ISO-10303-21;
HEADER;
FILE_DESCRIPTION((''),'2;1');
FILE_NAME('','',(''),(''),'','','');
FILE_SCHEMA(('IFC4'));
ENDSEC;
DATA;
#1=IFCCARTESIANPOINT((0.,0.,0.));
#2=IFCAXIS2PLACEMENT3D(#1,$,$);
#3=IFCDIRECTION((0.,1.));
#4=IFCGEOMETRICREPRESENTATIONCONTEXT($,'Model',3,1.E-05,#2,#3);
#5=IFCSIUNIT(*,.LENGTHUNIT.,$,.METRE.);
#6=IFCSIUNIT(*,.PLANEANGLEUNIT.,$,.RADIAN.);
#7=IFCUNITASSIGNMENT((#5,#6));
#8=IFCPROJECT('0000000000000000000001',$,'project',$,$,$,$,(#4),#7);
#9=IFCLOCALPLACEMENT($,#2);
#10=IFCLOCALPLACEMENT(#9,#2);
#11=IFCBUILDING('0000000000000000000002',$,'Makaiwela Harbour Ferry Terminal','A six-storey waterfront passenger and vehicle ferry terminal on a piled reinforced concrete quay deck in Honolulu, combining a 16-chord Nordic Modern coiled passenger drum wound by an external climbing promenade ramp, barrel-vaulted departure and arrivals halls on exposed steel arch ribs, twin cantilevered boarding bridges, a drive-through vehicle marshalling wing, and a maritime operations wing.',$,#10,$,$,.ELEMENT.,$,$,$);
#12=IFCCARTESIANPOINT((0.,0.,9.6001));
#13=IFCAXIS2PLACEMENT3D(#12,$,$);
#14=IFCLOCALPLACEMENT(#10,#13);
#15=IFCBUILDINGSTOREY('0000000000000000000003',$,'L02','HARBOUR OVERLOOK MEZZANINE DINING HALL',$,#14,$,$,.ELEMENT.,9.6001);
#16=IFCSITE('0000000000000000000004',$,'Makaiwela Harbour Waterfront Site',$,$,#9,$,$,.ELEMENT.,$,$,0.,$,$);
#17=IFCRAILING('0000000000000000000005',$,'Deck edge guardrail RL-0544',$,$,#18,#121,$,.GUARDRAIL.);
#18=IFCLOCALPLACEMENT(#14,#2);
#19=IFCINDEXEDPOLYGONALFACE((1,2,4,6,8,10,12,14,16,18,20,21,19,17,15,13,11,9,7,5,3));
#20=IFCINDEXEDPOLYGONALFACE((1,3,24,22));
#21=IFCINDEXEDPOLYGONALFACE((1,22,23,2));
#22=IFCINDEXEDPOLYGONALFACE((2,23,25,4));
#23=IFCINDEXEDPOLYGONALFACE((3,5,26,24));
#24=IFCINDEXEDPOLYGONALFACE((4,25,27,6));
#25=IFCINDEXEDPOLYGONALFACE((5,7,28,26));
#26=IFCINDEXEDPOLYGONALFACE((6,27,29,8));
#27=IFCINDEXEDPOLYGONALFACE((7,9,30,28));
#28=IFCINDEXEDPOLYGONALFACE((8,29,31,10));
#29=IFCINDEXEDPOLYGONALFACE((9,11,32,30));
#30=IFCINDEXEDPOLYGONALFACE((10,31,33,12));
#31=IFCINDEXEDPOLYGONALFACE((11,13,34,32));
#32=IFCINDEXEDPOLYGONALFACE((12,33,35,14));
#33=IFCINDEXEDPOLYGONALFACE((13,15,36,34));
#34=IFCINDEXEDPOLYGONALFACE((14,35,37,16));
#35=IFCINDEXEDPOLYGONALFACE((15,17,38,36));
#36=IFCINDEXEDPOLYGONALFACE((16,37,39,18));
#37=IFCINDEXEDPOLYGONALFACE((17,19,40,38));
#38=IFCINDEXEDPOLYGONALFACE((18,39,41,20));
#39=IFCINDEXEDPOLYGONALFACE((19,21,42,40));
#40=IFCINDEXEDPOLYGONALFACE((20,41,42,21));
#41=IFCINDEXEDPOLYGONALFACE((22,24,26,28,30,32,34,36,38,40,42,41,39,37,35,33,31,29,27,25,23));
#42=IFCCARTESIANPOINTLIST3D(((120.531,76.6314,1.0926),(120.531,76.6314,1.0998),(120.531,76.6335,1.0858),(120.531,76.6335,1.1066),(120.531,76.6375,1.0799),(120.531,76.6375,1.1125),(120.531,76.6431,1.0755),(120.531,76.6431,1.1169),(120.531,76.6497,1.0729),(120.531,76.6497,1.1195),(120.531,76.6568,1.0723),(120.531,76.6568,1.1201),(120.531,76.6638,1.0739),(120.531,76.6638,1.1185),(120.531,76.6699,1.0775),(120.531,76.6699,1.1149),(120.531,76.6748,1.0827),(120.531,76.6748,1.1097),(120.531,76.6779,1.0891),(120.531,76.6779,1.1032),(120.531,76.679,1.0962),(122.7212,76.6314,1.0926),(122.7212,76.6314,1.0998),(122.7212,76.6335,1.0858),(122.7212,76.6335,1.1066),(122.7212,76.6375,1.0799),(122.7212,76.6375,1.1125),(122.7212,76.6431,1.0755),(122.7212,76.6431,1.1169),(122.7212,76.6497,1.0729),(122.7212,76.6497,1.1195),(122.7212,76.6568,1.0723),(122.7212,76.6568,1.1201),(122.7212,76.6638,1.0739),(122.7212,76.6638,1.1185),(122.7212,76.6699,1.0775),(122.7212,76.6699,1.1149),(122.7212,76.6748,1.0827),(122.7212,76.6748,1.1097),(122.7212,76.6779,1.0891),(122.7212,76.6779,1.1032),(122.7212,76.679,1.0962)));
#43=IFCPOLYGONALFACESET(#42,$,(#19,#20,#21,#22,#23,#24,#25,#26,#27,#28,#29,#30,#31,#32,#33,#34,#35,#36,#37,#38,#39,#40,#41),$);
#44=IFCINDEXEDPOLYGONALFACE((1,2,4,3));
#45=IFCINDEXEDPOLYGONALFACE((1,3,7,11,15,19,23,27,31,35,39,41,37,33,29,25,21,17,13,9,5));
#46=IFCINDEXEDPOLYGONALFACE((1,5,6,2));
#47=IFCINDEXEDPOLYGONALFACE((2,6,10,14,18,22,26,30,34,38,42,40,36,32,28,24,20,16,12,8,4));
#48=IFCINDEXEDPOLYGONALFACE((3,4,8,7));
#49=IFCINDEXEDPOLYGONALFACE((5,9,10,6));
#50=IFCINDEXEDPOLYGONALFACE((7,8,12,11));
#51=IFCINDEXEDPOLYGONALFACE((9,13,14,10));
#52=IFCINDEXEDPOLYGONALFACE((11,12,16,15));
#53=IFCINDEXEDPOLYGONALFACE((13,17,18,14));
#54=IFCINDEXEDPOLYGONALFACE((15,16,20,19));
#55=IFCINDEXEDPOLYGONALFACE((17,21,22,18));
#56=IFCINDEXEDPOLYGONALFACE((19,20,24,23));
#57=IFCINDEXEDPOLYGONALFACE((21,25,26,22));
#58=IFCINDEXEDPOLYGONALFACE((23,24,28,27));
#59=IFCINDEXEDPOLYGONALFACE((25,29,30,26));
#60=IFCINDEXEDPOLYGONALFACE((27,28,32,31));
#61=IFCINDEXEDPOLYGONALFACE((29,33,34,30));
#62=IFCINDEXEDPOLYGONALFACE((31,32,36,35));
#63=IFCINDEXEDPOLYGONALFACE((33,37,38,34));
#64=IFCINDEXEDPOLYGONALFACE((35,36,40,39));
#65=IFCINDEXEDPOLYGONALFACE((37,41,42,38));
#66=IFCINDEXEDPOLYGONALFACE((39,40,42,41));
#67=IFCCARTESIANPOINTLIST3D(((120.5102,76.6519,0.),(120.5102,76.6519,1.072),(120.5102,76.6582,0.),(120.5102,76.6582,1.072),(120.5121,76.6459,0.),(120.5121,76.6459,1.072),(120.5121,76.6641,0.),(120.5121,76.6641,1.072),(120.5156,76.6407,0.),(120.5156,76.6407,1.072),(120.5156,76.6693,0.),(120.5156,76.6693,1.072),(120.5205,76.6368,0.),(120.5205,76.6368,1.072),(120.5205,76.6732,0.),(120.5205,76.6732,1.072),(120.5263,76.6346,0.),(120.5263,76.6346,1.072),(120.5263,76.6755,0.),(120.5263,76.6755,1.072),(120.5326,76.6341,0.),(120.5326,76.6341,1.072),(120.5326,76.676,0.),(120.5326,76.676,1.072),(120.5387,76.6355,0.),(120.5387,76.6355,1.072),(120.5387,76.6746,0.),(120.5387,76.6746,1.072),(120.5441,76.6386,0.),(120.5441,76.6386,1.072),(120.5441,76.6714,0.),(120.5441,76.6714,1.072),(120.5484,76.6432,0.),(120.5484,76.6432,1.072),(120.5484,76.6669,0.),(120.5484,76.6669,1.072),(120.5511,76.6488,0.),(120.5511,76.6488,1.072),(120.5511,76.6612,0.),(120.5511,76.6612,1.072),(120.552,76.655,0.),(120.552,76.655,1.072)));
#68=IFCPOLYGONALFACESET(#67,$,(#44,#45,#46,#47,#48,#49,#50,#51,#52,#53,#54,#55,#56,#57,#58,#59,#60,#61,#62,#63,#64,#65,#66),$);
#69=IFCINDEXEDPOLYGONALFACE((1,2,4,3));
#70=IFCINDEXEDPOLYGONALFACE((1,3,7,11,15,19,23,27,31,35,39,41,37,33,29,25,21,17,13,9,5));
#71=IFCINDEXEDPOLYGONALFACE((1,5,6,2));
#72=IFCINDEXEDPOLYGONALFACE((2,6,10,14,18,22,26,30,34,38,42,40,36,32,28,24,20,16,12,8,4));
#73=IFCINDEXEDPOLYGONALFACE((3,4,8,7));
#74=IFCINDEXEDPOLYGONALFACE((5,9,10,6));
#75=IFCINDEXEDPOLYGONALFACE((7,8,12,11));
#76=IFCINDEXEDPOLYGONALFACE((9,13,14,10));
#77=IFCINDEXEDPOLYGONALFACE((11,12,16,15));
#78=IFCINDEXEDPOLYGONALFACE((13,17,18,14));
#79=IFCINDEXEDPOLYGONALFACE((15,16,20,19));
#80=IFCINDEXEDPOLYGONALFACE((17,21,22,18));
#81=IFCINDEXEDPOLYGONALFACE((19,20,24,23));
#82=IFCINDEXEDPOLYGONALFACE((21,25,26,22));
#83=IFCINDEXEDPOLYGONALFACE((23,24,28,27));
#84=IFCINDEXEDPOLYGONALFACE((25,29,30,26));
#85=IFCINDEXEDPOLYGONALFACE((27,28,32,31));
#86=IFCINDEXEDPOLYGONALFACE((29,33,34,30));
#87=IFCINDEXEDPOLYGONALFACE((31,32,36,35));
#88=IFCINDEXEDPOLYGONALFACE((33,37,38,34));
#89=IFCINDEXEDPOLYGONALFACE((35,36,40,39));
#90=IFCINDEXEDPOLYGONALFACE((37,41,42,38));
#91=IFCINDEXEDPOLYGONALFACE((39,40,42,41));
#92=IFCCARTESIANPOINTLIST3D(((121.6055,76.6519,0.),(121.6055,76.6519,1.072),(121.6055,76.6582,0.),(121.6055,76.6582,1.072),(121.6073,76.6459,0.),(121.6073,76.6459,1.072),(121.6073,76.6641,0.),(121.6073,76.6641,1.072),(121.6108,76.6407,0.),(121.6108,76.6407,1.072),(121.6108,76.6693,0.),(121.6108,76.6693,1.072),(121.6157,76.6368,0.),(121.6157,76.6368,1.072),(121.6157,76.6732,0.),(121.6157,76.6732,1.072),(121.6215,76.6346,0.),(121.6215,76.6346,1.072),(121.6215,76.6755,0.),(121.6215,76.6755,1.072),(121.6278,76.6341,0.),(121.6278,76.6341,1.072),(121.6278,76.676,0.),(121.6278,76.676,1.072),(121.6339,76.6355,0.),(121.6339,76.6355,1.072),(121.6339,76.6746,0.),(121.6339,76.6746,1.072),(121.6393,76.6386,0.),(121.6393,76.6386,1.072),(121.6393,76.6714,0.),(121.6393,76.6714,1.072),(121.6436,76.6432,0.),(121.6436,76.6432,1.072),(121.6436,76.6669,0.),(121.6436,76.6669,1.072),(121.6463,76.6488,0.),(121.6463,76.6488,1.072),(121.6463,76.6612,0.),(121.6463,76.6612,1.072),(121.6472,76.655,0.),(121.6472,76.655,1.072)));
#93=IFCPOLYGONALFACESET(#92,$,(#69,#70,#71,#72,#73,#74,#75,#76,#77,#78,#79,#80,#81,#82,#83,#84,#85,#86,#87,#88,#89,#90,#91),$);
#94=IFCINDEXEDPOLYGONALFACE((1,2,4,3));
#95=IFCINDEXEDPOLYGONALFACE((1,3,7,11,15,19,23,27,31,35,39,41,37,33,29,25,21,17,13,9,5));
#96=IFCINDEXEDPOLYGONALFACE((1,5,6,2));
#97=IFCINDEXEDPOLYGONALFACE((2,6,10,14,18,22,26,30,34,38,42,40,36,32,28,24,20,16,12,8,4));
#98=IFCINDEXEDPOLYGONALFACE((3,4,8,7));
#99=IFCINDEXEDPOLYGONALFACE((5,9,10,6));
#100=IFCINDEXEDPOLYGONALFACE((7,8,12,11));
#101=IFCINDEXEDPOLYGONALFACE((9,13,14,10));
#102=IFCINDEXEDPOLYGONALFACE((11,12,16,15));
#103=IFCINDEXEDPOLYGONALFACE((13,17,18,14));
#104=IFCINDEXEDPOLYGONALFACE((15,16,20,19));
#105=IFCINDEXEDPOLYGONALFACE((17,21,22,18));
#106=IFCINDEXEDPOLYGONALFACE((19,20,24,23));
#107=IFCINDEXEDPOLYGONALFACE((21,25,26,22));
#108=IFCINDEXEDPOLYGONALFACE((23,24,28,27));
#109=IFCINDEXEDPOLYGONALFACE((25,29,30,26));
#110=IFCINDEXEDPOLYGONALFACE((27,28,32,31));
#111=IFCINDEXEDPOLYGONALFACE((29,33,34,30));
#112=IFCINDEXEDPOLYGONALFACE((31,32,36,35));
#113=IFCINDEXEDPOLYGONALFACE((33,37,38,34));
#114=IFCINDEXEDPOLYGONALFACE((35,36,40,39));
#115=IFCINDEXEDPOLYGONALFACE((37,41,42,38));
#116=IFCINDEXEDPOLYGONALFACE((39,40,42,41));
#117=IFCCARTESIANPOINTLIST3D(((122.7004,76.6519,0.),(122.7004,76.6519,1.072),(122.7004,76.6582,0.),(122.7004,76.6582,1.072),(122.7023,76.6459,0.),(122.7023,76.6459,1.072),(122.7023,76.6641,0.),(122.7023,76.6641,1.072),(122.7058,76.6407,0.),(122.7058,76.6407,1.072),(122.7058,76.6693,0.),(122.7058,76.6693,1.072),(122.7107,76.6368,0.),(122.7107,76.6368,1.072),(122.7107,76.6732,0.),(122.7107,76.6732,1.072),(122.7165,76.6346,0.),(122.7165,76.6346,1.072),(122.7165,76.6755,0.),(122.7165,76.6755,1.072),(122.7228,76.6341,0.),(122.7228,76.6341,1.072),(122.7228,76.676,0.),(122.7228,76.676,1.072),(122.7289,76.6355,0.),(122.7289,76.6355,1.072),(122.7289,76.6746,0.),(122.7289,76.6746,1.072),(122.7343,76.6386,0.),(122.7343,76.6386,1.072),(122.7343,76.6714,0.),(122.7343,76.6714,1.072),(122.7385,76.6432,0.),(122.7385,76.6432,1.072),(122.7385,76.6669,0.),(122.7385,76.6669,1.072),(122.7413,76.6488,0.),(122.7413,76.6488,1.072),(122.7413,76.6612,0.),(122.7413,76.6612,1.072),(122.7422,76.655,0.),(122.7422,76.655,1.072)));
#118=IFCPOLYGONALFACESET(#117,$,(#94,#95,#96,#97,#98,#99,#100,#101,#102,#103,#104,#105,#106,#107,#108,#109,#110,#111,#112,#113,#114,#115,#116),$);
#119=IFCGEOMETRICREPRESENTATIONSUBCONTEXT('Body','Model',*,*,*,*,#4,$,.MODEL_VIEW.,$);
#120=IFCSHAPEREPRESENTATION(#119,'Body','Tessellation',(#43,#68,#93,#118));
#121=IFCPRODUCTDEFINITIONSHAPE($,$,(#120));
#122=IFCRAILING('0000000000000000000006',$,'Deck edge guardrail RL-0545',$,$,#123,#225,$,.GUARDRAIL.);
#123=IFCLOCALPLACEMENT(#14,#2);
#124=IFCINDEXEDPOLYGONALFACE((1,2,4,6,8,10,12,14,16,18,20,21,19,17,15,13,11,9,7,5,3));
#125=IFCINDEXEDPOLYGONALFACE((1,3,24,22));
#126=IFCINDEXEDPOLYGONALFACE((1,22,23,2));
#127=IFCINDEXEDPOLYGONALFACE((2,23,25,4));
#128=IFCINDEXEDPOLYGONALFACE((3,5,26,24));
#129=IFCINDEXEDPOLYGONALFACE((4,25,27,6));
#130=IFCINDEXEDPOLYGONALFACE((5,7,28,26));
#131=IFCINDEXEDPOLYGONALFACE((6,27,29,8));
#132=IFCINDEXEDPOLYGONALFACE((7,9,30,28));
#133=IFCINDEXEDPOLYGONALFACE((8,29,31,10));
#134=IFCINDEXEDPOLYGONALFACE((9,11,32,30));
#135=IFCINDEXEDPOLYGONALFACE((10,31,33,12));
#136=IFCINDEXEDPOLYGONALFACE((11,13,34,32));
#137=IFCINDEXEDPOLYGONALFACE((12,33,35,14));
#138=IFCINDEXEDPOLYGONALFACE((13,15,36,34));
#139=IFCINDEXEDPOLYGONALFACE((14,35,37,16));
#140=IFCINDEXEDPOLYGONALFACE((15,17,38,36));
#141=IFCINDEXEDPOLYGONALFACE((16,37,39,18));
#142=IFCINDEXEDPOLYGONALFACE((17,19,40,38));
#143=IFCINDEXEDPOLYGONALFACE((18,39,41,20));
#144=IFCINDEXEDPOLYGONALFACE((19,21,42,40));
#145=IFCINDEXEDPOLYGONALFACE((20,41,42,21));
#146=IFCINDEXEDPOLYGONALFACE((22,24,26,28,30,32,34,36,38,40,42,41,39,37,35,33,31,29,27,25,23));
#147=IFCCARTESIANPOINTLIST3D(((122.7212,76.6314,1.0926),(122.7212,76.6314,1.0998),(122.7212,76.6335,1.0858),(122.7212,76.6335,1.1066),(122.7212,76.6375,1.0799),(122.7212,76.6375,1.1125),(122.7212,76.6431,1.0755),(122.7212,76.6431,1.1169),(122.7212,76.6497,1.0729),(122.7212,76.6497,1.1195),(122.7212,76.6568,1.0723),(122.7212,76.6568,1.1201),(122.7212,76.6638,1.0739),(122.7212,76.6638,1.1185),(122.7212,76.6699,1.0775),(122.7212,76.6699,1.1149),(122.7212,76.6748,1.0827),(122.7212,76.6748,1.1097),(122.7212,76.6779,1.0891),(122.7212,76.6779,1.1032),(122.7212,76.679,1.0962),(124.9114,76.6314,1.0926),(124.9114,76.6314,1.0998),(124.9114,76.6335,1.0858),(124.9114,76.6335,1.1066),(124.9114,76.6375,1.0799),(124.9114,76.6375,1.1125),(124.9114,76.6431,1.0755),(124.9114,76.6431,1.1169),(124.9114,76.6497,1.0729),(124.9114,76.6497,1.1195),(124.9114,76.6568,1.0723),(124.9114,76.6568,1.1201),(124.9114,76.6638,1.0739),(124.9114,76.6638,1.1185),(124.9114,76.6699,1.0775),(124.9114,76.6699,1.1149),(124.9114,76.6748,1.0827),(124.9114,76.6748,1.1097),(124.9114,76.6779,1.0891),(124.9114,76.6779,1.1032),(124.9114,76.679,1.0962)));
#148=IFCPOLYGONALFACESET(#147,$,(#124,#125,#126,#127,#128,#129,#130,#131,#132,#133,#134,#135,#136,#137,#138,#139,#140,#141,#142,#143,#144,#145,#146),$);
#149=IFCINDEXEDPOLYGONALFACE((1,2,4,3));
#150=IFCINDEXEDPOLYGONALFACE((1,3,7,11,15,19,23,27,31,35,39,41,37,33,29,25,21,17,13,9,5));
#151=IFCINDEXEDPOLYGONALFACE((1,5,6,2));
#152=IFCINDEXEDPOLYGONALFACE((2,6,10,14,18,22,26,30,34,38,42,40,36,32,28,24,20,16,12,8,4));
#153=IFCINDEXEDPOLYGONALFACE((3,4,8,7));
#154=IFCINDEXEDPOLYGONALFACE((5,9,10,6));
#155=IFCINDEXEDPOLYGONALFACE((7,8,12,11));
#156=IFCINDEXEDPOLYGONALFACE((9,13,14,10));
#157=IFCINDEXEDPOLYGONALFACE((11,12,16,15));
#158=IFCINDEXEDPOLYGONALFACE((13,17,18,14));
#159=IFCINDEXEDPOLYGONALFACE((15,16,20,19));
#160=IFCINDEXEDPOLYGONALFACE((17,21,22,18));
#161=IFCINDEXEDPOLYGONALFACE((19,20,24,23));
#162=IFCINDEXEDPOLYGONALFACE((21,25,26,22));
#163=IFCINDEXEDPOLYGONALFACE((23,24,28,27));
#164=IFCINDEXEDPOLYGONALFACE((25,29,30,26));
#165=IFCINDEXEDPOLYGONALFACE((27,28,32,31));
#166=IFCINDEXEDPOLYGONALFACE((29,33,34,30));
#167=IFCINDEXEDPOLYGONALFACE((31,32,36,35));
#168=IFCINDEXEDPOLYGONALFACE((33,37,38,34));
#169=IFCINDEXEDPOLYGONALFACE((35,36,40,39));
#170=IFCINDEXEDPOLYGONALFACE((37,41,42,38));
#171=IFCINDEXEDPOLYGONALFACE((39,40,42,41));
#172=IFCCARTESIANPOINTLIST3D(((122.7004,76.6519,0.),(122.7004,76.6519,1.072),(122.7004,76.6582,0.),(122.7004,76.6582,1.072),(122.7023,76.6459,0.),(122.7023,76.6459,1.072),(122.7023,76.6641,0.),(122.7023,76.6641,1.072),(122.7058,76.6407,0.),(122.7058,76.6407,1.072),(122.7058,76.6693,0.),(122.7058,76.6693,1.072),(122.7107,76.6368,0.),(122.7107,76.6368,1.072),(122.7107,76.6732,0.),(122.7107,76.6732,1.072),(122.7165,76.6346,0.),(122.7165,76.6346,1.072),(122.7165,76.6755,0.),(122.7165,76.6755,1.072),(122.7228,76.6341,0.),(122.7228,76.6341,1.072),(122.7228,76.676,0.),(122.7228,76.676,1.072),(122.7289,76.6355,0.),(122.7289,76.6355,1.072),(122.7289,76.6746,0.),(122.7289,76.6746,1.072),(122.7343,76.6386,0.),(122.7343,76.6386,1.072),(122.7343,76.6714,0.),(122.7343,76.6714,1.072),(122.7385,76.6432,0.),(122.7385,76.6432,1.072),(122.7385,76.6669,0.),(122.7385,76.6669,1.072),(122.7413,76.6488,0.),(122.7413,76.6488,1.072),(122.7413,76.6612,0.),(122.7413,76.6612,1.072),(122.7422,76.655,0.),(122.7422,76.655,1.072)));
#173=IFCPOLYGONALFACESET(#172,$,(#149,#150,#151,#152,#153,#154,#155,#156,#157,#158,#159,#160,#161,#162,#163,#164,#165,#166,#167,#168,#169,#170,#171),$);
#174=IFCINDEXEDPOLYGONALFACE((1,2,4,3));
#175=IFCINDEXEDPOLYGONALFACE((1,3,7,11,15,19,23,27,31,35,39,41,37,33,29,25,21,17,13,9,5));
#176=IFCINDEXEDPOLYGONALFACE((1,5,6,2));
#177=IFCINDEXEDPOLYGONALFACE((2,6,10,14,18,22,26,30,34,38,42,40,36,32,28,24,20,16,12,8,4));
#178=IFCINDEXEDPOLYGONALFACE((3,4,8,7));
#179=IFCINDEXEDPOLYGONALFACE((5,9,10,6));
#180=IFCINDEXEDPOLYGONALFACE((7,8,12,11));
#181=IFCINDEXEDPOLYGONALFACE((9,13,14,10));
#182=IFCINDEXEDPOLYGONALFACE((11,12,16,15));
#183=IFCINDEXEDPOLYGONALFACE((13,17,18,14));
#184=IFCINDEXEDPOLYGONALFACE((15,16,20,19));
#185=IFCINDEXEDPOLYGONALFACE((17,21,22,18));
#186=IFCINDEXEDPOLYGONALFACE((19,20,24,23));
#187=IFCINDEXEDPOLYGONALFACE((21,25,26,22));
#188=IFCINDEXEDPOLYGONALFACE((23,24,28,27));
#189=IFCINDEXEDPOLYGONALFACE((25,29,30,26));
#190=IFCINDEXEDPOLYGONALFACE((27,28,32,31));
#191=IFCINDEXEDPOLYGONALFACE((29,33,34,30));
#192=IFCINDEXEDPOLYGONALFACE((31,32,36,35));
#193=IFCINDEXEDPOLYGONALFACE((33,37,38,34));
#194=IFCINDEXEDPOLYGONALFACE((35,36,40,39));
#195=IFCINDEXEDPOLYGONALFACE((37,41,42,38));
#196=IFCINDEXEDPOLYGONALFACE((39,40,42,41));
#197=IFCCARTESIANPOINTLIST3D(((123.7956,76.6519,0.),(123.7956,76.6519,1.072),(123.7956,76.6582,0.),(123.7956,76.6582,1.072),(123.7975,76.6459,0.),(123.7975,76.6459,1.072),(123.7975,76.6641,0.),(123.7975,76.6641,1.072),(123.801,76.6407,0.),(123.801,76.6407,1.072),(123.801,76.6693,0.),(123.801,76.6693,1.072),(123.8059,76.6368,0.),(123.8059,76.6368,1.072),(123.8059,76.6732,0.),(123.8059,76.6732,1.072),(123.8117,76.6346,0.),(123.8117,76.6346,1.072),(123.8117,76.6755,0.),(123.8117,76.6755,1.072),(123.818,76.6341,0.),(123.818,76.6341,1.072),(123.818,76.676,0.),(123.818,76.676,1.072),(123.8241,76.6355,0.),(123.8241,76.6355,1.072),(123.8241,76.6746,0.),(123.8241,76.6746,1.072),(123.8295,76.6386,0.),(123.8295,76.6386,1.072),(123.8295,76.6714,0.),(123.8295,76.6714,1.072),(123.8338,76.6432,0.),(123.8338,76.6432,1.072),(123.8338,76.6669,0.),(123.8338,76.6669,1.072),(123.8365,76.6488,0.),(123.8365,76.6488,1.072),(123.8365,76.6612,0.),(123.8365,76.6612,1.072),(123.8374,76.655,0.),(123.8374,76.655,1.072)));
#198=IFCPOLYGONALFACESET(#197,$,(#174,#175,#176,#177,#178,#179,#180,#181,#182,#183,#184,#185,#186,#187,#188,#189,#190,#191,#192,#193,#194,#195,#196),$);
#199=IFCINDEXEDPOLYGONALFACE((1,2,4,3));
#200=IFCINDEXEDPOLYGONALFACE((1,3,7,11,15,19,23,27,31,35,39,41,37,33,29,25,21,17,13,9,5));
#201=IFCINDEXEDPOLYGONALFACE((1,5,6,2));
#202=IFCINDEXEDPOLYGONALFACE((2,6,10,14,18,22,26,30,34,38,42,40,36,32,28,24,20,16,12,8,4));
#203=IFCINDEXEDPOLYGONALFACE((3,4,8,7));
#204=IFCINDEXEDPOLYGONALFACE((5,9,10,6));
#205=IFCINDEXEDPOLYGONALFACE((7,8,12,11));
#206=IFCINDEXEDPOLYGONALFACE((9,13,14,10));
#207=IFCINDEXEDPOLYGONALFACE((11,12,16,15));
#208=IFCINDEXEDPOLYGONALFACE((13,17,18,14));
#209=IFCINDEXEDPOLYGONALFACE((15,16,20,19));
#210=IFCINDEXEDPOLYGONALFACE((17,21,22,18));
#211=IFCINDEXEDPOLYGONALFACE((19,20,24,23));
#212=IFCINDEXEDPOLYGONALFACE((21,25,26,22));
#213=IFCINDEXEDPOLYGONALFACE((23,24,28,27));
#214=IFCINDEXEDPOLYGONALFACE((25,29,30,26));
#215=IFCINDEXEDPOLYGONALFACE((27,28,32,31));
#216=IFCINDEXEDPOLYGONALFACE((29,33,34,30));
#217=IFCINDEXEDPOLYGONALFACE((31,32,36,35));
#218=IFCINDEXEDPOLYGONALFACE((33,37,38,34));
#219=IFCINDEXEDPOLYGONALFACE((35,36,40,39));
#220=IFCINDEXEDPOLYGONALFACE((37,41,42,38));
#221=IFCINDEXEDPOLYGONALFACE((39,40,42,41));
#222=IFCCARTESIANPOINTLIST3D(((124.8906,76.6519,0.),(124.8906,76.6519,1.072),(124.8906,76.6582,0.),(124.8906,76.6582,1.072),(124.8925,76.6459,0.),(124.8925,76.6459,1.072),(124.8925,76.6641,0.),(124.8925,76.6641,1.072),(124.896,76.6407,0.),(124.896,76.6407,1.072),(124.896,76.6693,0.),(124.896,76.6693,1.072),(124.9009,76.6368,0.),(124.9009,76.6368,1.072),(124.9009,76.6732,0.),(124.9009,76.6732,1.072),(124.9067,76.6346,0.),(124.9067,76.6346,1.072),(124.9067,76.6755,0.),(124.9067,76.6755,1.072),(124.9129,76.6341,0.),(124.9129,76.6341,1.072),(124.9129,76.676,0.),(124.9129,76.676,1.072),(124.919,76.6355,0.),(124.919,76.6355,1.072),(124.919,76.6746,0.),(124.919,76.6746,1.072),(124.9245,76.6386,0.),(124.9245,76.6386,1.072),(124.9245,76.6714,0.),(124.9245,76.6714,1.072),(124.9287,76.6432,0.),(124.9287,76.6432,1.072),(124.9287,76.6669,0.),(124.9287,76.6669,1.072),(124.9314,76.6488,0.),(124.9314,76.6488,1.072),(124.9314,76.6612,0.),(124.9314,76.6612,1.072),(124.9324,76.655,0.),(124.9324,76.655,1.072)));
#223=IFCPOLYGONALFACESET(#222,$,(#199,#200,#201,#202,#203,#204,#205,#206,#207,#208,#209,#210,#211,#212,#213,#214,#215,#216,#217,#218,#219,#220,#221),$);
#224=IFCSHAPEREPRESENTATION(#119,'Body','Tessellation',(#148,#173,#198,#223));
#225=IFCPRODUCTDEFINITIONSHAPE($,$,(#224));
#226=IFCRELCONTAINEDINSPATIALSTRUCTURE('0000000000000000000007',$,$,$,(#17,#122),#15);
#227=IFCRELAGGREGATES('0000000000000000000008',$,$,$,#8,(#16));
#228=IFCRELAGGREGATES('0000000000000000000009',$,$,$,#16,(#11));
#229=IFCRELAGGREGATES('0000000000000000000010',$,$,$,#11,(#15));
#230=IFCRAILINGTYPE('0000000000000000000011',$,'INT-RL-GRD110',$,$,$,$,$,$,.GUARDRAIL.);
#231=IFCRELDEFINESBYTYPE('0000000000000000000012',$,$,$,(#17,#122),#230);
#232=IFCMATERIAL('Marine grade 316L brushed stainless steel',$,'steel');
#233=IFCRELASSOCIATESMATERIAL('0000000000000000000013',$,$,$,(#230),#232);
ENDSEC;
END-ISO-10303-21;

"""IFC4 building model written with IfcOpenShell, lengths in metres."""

from ifc_helpers import new_model, si_unit, direction, frame, origin, origin_2d, place, context, subcontext, project, spatial, circle, extrude, material, type_object, element, save


model = new_model("IFC4")

# Units and contexts
model_context = context("Model", 3, precision=1e-05, world=origin(), true_north=direction((0.0, 1.0)))
body_context = subcontext(model_context, "Body", "Model", "MODEL_VIEW")
ifc_project = project(units=[si_unit("LENGTHUNIT", "METRE"), si_unit("PLANEANGLEUNIT", "RADIAN")], contexts=[model_context])

# Site, building, storey
site_placement = place(None, origin())
site = spatial("IfcSite", under=ifc_project, at=site_placement, Name="Makaiwela Harbour Waterfront Site", CompositionType="ELEMENT", RefElevation=0.0)
building_placement = place(site_placement, origin())
building = spatial("IfcBuilding", under=site, at=building_placement, Name="Makaiwela Harbour Ferry Terminal", Description="A six-storey waterfront passenger and vehicle ferry terminal on a piled reinforced concrete quay deck in Honolulu, combining a 16-chord Nordic Modern coiled passenger drum wound by an external climbing promenade ramp, barrel-vaulted departure and arrivals halls on exposed steel arch ribs, twin cantilevered boarding bridges, a drive-through vehicle marshalling wing, and a maritime operations wing.", CompositionType="ELEMENT")
storey_placement = place(building_placement, frame((0.0, 0.0, 9.6001)))
storey = spatial("IfcBuildingStorey", under=building, at=storey_placement, Name="L02", Description="HARBOUR OVERLOOK MEZZANINE DINING HALL", CompositionType="ELEMENT", Elevation=9.6001)

# Railings
ifc_material_1 = material(Name="Marine grade 316L brushed stainless steel", Category="steel")
railing_type = type_object("IfcRailingType", Name="INT-RL-GRD110", PredefinedType="GUARDRAIL", material=ifc_material_1)
for number, where, name in (
    (1, (120.531, 76.655, 0.0), "Deck edge guardrail RL-0544"),
    (2, (122.7212, 76.655, 0.0), "Deck edge guardrail RL-0545"),
):
    element("IfcRailing", number, at=place(storey_placement, frame(where)), inside=storey, type_object=railing_type, Name=name, PredefinedType="GUARDRAIL", context=body_context, shape_type="SweptSolid", body=[
        extrude(circle(Radius=0.0239, at=origin_2d()), frame((0.0, 0.0, 1.0962), z_axis=(1.0, 0.0, 0.0), x_axis=(0.0, 1.0, 0.0)), (0.0, 0.0, 1.0), 2.1902),
        extrude(circle(Radius=0.021, at=origin_2d()), origin(), (0.0, 0.0, 1.0), 1.072),
        extrude(circle(Radius=0.021, at=origin_2d()), frame((1.0952, 0.0, 0.0)), (0.0, 0.0, 1.0), 1.072),
        extrude(circle(Radius=0.021, at=origin_2d()), frame((2.1902, 0.0, 0.0)), (0.0, 0.0, 1.0), 1.072),
    ])

save(model, "model.ifc")
